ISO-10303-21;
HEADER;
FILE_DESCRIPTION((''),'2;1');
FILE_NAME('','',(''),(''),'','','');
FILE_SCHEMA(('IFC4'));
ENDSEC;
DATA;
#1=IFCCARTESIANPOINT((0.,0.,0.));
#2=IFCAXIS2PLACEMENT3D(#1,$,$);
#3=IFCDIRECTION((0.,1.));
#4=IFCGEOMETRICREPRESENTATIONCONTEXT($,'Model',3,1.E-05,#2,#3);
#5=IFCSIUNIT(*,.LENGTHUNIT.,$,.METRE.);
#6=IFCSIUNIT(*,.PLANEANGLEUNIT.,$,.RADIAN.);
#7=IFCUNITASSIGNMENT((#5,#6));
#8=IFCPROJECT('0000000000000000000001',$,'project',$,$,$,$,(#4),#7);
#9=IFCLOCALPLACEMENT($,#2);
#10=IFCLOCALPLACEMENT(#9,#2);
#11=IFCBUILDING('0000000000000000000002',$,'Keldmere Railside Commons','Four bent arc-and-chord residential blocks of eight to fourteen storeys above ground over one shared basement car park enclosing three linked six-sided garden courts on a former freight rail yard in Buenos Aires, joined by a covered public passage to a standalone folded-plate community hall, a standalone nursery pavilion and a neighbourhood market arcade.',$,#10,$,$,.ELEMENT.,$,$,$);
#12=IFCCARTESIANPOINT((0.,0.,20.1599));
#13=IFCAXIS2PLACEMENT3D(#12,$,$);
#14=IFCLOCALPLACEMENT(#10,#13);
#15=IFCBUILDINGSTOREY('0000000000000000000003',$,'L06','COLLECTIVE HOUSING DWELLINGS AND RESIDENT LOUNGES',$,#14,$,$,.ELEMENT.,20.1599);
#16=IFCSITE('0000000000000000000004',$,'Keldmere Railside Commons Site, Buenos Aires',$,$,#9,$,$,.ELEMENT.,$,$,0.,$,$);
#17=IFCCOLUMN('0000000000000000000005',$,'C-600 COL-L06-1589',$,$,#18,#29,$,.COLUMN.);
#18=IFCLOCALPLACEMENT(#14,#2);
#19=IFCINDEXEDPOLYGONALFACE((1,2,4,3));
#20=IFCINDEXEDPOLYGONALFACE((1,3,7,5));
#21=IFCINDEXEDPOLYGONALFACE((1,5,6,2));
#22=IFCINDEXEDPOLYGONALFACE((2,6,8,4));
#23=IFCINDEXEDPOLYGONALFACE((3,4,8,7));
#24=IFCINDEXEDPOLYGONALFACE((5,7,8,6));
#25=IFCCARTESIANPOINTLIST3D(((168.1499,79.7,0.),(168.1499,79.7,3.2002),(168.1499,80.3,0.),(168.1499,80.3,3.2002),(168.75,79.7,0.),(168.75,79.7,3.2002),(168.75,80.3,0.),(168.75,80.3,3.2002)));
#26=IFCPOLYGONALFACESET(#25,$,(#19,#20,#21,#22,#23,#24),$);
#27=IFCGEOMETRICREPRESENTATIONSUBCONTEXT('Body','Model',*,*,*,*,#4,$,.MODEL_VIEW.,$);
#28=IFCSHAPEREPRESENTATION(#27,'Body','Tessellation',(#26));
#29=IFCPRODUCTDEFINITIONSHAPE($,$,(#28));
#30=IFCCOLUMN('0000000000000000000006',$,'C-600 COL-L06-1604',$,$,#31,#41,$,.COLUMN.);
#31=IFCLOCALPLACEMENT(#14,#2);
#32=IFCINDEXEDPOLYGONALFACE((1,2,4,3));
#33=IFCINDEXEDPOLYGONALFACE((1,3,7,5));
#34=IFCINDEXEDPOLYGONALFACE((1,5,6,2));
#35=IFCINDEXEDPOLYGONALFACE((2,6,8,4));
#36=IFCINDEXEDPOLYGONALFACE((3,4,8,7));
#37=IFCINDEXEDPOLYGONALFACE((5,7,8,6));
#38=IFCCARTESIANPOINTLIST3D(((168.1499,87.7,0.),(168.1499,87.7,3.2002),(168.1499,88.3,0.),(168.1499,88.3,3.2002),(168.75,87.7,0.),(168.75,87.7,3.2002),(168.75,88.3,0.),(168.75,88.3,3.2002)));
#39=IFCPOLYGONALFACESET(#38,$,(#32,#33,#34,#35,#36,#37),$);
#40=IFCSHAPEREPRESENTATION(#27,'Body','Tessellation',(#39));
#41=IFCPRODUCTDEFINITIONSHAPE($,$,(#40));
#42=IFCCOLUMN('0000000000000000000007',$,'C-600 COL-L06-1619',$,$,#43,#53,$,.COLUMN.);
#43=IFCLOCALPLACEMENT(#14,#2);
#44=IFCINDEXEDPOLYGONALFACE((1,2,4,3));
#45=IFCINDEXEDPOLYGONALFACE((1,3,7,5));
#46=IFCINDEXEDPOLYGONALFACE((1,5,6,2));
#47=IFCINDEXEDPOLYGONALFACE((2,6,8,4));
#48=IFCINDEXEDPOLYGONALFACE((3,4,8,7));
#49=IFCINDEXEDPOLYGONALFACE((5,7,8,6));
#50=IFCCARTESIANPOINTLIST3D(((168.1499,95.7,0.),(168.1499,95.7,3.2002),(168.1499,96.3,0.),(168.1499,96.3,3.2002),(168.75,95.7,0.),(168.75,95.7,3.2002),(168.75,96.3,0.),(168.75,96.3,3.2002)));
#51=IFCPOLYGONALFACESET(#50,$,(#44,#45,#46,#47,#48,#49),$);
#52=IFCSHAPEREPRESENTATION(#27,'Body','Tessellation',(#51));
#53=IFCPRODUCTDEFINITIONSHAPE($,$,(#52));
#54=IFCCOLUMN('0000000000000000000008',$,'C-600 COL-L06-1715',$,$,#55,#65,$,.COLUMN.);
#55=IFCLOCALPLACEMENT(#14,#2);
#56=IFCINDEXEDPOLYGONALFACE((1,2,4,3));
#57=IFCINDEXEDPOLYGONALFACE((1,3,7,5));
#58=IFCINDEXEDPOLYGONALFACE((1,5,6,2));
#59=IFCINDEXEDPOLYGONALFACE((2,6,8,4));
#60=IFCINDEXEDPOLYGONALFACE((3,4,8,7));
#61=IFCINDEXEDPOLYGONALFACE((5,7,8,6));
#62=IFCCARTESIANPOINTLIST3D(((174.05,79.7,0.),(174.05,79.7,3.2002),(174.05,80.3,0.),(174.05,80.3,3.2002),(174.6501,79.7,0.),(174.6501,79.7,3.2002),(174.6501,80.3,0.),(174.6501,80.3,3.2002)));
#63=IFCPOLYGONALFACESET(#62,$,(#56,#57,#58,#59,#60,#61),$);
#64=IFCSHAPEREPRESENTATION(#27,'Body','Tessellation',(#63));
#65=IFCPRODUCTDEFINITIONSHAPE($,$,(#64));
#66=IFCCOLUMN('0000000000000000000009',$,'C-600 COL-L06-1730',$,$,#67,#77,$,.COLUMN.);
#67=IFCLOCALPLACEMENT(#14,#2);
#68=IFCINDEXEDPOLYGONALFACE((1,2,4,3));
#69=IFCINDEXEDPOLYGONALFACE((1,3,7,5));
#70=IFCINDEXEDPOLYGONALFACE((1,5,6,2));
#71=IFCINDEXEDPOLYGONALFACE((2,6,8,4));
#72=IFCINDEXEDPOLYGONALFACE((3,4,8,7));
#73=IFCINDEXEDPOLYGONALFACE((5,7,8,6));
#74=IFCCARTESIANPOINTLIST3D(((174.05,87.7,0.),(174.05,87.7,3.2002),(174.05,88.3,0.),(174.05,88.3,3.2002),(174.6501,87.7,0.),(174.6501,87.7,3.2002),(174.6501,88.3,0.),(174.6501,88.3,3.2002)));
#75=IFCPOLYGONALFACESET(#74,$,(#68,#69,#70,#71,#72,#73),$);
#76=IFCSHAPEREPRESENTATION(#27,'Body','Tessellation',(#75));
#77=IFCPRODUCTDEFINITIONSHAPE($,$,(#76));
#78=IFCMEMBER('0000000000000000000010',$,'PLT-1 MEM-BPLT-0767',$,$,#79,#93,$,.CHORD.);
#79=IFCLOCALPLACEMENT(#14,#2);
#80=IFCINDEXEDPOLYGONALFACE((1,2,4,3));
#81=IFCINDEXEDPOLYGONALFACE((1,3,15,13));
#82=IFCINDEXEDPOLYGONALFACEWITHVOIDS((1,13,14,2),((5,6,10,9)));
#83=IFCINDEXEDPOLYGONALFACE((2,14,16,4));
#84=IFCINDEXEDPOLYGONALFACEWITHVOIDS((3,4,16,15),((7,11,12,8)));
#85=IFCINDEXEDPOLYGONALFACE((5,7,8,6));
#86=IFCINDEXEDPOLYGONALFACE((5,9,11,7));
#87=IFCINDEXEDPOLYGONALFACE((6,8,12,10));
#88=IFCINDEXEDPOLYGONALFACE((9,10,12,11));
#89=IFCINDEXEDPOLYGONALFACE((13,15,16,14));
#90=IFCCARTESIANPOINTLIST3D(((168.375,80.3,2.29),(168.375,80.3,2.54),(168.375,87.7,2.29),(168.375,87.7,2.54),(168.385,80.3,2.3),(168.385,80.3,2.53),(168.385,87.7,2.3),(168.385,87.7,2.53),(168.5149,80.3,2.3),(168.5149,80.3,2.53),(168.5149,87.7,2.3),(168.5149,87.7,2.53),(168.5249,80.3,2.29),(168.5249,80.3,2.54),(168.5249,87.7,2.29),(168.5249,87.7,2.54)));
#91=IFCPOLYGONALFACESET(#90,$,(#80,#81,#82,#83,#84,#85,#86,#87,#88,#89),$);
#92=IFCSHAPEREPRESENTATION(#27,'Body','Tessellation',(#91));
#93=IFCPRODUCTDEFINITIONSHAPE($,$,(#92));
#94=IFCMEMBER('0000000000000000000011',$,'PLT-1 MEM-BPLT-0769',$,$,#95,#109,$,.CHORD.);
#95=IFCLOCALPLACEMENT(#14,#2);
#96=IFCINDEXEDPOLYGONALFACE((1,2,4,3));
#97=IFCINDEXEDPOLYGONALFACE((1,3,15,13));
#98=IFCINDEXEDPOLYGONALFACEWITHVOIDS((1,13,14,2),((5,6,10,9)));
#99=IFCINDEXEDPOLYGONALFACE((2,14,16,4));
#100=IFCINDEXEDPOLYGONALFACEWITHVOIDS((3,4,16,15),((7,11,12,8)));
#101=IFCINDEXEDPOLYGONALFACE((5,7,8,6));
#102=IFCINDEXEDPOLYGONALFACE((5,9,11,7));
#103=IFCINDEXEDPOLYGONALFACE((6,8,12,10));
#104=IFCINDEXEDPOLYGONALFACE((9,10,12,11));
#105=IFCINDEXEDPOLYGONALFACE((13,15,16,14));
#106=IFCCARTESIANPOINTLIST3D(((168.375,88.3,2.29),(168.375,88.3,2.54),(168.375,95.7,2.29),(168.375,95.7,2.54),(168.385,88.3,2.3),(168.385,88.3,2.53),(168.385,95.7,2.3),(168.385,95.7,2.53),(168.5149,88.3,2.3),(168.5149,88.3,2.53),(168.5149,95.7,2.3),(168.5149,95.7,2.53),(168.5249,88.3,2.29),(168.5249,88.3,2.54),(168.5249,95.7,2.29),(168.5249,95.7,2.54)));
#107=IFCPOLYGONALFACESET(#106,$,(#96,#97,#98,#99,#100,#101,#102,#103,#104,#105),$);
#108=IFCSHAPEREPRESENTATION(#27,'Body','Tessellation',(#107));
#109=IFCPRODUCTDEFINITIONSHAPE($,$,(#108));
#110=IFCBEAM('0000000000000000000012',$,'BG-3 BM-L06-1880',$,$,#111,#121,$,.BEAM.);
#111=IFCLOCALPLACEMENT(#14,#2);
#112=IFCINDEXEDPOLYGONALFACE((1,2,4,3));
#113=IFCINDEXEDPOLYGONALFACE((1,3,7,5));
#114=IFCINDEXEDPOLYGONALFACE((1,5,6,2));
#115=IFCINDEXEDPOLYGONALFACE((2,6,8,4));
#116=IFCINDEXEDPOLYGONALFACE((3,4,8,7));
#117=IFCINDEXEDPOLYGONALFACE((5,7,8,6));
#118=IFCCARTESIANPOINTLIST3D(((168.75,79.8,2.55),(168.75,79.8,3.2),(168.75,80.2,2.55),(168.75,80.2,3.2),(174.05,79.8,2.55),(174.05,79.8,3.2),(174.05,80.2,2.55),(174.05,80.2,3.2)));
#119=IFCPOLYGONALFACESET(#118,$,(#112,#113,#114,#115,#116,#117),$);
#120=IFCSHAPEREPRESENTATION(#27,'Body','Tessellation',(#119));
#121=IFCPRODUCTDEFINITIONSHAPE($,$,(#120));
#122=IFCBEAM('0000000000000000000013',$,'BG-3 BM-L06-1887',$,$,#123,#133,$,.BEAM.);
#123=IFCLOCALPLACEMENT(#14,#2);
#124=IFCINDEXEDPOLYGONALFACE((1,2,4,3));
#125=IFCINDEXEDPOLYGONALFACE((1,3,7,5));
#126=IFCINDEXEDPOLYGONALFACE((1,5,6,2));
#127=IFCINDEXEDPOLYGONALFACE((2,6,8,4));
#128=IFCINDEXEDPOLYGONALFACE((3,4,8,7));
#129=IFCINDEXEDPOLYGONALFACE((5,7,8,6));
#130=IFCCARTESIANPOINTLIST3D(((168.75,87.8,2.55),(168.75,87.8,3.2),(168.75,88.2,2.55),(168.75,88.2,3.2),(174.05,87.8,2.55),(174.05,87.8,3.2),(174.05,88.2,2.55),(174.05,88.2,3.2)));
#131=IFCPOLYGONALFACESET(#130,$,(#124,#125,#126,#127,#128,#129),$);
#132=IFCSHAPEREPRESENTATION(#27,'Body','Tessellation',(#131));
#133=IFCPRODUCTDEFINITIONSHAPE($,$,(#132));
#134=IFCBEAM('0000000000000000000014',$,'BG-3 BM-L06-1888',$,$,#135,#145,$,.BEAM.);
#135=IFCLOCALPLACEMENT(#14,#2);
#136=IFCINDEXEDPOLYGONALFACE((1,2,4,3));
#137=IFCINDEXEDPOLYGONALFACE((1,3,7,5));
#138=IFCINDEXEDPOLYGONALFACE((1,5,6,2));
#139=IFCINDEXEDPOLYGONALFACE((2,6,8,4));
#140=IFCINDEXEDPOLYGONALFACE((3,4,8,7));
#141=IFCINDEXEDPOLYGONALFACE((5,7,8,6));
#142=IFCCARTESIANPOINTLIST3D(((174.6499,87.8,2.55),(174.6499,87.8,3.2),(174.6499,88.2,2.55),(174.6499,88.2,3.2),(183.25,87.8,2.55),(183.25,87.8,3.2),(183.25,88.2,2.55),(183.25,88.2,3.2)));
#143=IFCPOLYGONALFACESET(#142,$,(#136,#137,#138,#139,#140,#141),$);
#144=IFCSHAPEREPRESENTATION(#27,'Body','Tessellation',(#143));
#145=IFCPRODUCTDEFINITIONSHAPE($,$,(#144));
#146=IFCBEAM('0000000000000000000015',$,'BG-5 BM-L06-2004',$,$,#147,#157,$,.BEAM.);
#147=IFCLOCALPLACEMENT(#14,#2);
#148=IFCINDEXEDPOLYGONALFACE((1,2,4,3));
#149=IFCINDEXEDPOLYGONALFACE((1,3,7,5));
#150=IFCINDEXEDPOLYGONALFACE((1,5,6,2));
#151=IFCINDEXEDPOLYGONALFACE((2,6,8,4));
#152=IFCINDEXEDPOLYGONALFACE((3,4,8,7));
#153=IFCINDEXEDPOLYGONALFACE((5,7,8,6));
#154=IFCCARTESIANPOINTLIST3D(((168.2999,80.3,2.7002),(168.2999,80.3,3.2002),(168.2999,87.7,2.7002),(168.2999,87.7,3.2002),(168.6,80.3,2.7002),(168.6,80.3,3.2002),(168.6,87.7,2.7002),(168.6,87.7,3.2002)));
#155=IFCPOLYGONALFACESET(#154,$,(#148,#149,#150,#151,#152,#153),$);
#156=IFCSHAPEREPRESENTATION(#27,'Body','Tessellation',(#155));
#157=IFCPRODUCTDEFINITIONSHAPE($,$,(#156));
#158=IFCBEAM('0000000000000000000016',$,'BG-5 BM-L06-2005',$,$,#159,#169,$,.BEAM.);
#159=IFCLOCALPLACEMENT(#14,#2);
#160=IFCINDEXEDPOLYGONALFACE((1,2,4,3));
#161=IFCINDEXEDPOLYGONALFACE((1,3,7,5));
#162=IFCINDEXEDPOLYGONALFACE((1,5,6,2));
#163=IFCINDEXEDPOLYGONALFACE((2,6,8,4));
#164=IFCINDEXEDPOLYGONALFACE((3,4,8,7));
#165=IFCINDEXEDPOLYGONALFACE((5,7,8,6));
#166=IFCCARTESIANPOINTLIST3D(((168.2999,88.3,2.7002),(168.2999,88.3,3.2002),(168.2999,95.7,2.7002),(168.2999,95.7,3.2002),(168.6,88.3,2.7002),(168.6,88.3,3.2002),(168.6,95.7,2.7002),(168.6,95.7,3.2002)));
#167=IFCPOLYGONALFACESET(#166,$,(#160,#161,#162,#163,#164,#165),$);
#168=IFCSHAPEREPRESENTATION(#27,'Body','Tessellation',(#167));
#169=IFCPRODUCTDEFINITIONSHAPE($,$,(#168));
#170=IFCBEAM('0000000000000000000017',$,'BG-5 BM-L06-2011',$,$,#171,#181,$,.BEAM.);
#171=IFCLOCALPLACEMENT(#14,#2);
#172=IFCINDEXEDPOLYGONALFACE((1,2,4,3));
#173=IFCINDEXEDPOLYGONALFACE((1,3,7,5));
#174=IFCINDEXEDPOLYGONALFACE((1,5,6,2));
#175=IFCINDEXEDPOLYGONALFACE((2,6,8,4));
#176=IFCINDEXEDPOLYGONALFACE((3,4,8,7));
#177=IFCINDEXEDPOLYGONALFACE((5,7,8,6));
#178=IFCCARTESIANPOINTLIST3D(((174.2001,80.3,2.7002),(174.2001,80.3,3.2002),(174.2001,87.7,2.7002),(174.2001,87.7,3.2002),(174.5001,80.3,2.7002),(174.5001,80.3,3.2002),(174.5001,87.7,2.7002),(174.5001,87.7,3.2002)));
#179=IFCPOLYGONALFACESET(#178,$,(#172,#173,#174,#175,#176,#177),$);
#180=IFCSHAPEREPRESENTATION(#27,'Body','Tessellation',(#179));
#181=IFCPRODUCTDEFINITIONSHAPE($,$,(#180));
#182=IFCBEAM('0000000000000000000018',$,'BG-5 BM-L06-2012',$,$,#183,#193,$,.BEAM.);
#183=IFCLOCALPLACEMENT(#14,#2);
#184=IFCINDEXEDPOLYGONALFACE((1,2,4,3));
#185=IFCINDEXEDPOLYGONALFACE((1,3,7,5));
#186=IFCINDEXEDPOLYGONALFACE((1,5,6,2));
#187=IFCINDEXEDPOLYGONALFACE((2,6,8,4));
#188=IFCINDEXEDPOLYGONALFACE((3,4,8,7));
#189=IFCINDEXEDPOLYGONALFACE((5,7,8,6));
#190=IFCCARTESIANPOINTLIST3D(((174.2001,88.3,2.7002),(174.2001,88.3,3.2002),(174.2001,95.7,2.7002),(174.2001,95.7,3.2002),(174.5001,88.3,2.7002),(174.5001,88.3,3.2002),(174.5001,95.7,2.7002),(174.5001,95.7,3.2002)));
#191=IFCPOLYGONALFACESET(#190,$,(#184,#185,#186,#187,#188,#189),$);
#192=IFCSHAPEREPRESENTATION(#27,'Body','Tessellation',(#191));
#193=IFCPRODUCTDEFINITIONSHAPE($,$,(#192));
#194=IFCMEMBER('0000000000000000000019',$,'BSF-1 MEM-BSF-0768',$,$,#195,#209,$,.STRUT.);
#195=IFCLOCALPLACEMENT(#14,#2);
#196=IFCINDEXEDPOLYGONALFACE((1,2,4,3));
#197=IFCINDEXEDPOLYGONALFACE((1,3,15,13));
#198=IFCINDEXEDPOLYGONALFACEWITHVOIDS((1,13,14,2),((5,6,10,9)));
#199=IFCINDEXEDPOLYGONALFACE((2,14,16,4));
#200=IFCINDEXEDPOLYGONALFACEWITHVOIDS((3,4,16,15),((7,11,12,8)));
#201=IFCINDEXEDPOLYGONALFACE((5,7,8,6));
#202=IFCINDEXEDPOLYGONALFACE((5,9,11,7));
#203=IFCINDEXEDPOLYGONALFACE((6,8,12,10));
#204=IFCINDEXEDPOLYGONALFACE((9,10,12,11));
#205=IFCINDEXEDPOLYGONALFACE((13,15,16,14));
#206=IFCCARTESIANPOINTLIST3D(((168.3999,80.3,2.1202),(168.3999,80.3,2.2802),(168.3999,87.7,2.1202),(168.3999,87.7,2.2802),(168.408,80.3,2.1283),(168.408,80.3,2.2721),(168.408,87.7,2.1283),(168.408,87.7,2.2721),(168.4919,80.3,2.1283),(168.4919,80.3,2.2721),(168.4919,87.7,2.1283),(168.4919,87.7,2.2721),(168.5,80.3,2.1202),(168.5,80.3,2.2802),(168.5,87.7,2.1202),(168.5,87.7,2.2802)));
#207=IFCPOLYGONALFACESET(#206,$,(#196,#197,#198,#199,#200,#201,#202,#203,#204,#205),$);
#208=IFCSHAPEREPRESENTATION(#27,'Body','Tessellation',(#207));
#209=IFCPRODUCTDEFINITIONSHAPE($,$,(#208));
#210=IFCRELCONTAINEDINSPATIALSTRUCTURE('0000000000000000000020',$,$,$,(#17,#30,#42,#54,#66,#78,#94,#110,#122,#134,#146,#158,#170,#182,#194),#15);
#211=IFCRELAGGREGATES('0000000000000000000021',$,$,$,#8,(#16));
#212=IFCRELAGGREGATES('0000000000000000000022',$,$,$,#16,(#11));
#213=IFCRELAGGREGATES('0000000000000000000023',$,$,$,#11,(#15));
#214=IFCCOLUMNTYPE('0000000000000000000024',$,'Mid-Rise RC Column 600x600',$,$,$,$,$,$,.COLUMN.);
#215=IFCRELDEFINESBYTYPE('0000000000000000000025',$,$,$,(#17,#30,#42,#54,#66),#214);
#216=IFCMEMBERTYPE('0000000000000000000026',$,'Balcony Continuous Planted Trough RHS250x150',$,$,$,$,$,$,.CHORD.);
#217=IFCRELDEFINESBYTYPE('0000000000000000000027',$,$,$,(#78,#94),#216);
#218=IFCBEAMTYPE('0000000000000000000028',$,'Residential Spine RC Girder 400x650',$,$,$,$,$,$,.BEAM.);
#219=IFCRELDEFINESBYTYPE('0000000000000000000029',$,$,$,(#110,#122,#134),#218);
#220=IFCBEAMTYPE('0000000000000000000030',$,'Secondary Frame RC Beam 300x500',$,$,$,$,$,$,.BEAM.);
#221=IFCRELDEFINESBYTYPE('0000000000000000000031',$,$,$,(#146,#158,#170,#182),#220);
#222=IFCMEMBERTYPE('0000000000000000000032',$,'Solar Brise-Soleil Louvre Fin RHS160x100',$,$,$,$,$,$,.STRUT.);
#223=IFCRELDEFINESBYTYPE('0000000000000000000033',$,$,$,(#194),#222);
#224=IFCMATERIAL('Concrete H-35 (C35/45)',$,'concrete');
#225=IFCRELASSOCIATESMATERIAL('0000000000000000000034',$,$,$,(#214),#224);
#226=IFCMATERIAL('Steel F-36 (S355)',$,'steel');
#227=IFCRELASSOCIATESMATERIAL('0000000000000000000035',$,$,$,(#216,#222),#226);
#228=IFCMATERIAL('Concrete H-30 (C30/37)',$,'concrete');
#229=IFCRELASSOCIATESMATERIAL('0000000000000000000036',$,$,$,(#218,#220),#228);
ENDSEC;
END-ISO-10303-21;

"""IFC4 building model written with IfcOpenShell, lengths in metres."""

from ifc_helpers import new_model, si_unit, direction, frame, origin, origin_2d, place, context, subcontext, project, spatial, rectangle, hollow_rectangle, extrude, material, material_profile, profile_set, type_object, element, save


model = new_model("IFC4")

# Units and contexts
model_context = context("Model", 3, precision=1e-05, world=origin(), true_north=direction((0.0, 1.0)))
body_context = subcontext(model_context, "Body", "Model", "MODEL_VIEW")
ifc_project = project(units=[si_unit("LENGTHUNIT", "METRE"), si_unit("PLANEANGLEUNIT", "RADIAN")], contexts=[model_context])

# Site, building, storey
site_placement = place(None, origin())
site = spatial("IfcSite", under=ifc_project, at=site_placement, Name="Keldmere Railside Commons Site, Buenos Aires", CompositionType="ELEMENT", RefElevation=0.0)
building_placement = place(site_placement, origin())
building = spatial("IfcBuilding", under=site, at=building_placement, Name="Keldmere Railside Commons", Description="Four bent arc-and-chord residential blocks of eight to fourteen storeys above ground over one shared basement car park enclosing three linked six-sided garden courts on a former freight rail yard in Buenos Aires, joined by a covered public passage to a standalone folded-plate community hall, a standalone nursery pavilion and a neighbourhood market arcade.", CompositionType="ELEMENT")
storey_placement = place(building_placement, frame((0.0, 0.0, 20.1599)))
storey = spatial("IfcBuildingStorey", under=building, at=storey_placement, Name="L06", Description="COLLECTIVE HOUSING DWELLINGS AND RESIDENT LOUNGES", CompositionType="ELEMENT", Elevation=20.1599)

# Columns
ifc_material_1 = material(Name="Concrete H-35 (C35/45)", Category="concrete")
ifc_material_profile_1 = material_profile(ifc_material_1, rectangle(XDim=0.6001, YDim=0.6001, at=origin_2d()), Name="RC-600x600")
ifc_profile_set_1 = profile_set([ifc_material_profile_1], Name="Concrete H-35 (C35/45)")
column_type = type_object("IfcColumnType", Name="Mid-Rise RC Column 600x600", PredefinedType="COLUMN", material=ifc_profile_set_1)
for number, where, z_axis, x_axis, name in (
    (1, (168.45, 80.0, 0.0), (0.0, 0.0, 1.0), (1.0, 0.0, 0.0), "C-600 COL-L06-1589"),
    (2, (168.45, 88.0, 0.0), (0.0, 0.0, 1.0), (1.0, 0.0, 0.0), "C-600 COL-L06-1604"),
    (3, (168.45, 96.0, 0.0), (0.0, 0.0, 1.0), (1.0, 0.0, 0.0), "C-600 COL-L06-1619"),
    (4, (174.3501, 80.0, 0.0), (0.0, 0.0, 1.0), (1.0, 0.0, 0.0), "C-600 COL-L06-1715"),
    (5, (174.3501, 88.0, 0.0), (0.0, 0.0, 1.0), (1.0, 0.0, 0.0), "C-600 COL-L06-1730"),
):
    element("IfcColumn", number, at=place(storey_placement, frame(where, z_axis=z_axis, x_axis=x_axis)), inside=storey, type_object=column_type, Name=name, PredefinedType="COLUMN", context=body_context, shape_type="SweptSolid", body=[
        extrude(rectangle(XDim=0.6001, YDim=0.6001, at=origin_2d()), origin(), (0.0, 0.0, 1.0), 3.2002),
    ])

# Members
ifc_material_2 = material(Name="Steel F-36 (S355)", Category="steel")
ifc_material_profile_2 = material_profile(ifc_material_2, hollow_rectangle(XDim=0.1499, YDim=0.25, WallThickness=0.01, at=origin_2d()), Name="RHS-250x150x10")
ifc_profile_set_2 = profile_set([ifc_material_profile_2], Name="Steel F-36 (S355)")
member_type_1 = type_object("IfcMemberType", Name="Balcony Continuous Planted Trough RHS250x150", PredefinedType="CHORD", material=ifc_profile_set_2)
for number, where, z_axis, x_axis, name in (
    (6, (168.45, 80.3, 2.415), (0.0, 1.0, 0.0), (-1.0, 0.0, 0.0), "PLT-1 MEM-BPLT-0767"),
    (7, (168.45, 88.3, 2.415), (0.0, 1.0, 0.0), (-1.0, 0.0, 0.0), "PLT-1 MEM-BPLT-0769"),
):
    element("IfcMember", number, at=place(storey_placement, frame(where, z_axis=z_axis, x_axis=x_axis)), inside=storey, type_object=member_type_1, Name=name, PredefinedType="CHORD", context=body_context, shape_type="SweptSolid", body=[
        extrude(hollow_rectangle(XDim=0.1499, YDim=0.25, WallThickness=0.01, at=origin_2d()), origin(), (0.0, 0.0, 1.0), 7.3999),
    ])

# Beams
ifc_material_3 = material(Name="Concrete H-30 (C30/37)", Category="concrete")
ifc_material_profile_3 = material_profile(ifc_material_3, rectangle(XDim=0.3999, YDim=0.6499, at=origin_2d()), Name="RC-400x650")
ifc_profile_set_3 = profile_set([ifc_material_profile_3], Name="Concrete H-30 (C30/37)")
beam_type_1 = type_object("IfcBeamType", Name="Residential Spine RC Girder 400x650", PredefinedType="BEAM", material=ifc_profile_set_3)
for number, where, z_axis, x_axis, name in (
    (8, (168.75, 80.0, 2.875), (1.0, 0.0, 0.0), (0.0, 1.0, 0.0), "BG-3 BM-L06-1880"),
    (9, (168.75, 88.0, 2.875), (1.0, 0.0, 0.0), (0.0, 1.0, 0.0), "BG-3 BM-L06-1887"),
):
    element("IfcBeam", number, at=place(storey_placement, frame(where, z_axis=z_axis, x_axis=x_axis)), inside=storey, type_object=beam_type_1, Name=name, PredefinedType="BEAM", context=body_context, shape_type="SweptSolid", body=[
        extrude(rectangle(XDim=0.3999, YDim=0.6499, at=origin_2d()), origin(), (0.0, 0.0, 1.0), 5.3),
    ])
beam_placement = place(storey_placement, frame((174.6499, 88.0, 2.875), z_axis=(1.0, 0.0, 0.0), x_axis=(0.0, 1.0, 0.0)))
element("IfcBeam", 10, at=beam_placement, inside=storey, type_object=beam_type_1, Name="BG-3 BM-L06-1888", PredefinedType="BEAM", context=body_context, shape_type="SweptSolid", body=[
    extrude(rectangle(XDim=0.3999, YDim=0.6499, at=origin_2d()), origin(), (0.0, 0.0, 1.0), 8.6001),
])
ifc_material_profile_4 = material_profile(ifc_material_3, rectangle(XDim=0.3, YDim=0.5, at=origin_2d()), Name="RC-300x500")
ifc_profile_set_4 = profile_set([ifc_material_profile_4], Name="Concrete H-30 (C30/37)")
beam_type_2 = type_object("IfcBeamType", Name="Secondary Frame RC Beam 300x500", PredefinedType="BEAM", material=ifc_profile_set_4)
for number, where, z_axis, x_axis, name in (
    (11, (168.45, 80.3, 2.9502), (0.0, 1.0, 0.0), (-1.0, 0.0, 0.0), "BG-5 BM-L06-2004"),
    (12, (168.45, 88.3, 2.9502), (0.0, 1.0, 0.0), (-1.0, 0.0, 0.0), "BG-5 BM-L06-2005"),
    (13, (174.3501, 80.3, 2.9502), (0.0, 1.0, 0.0), (-1.0, 0.0, 0.0), "BG-5 BM-L06-2011"),
    (14, (174.3501, 88.3, 2.9502), (0.0, 1.0, 0.0), (-1.0, 0.0, 0.0), "BG-5 BM-L06-2012"),
):
    element("IfcBeam", number, at=place(storey_placement, frame(where, z_axis=z_axis, x_axis=x_axis)), inside=storey, type_object=beam_type_2, Name=name, PredefinedType="BEAM", context=body_context, shape_type="SweptSolid", body=[
        extrude(rectangle(XDim=0.3, YDim=0.5, at=origin_2d()), origin(), (0.0, 0.0, 1.0), 7.3999),
    ])

# Member
ifc_material_profile_5 = material_profile(ifc_material_2, hollow_rectangle(XDim=0.1001, YDim=0.1599, WallThickness=0.0081, at=origin_2d()), Name="RHS-160x100x8")
ifc_profile_set_5 = profile_set([ifc_material_profile_5], Name="Steel F-36 (S355)")
member_type_2 = type_object("IfcMemberType", Name="Solar Brise-Soleil Louvre Fin RHS160x100", PredefinedType="STRUT", material=ifc_profile_set_5)
for number, where, z_axis, x_axis, name in (
    (15, (168.45, 80.3, 2.2002), (0.0, 1.0, 0.0), (-1.0, 0.0, 0.0), "BSF-1 MEM-BSF-0768"),
):
    element("IfcMember", number, at=place(storey_placement, frame(where, z_axis=z_axis, x_axis=x_axis)), inside=storey, type_object=member_type_2, Name=name, PredefinedType="STRUT", context=body_context, shape_type="SweptSolid", body=[
        extrude(hollow_rectangle(XDim=0.1001, YDim=0.1599, WallThickness=0.0081, at=origin_2d()), origin(), (0.0, 0.0, 1.0), 7.3999),
    ])

save(model, "model.ifc")
